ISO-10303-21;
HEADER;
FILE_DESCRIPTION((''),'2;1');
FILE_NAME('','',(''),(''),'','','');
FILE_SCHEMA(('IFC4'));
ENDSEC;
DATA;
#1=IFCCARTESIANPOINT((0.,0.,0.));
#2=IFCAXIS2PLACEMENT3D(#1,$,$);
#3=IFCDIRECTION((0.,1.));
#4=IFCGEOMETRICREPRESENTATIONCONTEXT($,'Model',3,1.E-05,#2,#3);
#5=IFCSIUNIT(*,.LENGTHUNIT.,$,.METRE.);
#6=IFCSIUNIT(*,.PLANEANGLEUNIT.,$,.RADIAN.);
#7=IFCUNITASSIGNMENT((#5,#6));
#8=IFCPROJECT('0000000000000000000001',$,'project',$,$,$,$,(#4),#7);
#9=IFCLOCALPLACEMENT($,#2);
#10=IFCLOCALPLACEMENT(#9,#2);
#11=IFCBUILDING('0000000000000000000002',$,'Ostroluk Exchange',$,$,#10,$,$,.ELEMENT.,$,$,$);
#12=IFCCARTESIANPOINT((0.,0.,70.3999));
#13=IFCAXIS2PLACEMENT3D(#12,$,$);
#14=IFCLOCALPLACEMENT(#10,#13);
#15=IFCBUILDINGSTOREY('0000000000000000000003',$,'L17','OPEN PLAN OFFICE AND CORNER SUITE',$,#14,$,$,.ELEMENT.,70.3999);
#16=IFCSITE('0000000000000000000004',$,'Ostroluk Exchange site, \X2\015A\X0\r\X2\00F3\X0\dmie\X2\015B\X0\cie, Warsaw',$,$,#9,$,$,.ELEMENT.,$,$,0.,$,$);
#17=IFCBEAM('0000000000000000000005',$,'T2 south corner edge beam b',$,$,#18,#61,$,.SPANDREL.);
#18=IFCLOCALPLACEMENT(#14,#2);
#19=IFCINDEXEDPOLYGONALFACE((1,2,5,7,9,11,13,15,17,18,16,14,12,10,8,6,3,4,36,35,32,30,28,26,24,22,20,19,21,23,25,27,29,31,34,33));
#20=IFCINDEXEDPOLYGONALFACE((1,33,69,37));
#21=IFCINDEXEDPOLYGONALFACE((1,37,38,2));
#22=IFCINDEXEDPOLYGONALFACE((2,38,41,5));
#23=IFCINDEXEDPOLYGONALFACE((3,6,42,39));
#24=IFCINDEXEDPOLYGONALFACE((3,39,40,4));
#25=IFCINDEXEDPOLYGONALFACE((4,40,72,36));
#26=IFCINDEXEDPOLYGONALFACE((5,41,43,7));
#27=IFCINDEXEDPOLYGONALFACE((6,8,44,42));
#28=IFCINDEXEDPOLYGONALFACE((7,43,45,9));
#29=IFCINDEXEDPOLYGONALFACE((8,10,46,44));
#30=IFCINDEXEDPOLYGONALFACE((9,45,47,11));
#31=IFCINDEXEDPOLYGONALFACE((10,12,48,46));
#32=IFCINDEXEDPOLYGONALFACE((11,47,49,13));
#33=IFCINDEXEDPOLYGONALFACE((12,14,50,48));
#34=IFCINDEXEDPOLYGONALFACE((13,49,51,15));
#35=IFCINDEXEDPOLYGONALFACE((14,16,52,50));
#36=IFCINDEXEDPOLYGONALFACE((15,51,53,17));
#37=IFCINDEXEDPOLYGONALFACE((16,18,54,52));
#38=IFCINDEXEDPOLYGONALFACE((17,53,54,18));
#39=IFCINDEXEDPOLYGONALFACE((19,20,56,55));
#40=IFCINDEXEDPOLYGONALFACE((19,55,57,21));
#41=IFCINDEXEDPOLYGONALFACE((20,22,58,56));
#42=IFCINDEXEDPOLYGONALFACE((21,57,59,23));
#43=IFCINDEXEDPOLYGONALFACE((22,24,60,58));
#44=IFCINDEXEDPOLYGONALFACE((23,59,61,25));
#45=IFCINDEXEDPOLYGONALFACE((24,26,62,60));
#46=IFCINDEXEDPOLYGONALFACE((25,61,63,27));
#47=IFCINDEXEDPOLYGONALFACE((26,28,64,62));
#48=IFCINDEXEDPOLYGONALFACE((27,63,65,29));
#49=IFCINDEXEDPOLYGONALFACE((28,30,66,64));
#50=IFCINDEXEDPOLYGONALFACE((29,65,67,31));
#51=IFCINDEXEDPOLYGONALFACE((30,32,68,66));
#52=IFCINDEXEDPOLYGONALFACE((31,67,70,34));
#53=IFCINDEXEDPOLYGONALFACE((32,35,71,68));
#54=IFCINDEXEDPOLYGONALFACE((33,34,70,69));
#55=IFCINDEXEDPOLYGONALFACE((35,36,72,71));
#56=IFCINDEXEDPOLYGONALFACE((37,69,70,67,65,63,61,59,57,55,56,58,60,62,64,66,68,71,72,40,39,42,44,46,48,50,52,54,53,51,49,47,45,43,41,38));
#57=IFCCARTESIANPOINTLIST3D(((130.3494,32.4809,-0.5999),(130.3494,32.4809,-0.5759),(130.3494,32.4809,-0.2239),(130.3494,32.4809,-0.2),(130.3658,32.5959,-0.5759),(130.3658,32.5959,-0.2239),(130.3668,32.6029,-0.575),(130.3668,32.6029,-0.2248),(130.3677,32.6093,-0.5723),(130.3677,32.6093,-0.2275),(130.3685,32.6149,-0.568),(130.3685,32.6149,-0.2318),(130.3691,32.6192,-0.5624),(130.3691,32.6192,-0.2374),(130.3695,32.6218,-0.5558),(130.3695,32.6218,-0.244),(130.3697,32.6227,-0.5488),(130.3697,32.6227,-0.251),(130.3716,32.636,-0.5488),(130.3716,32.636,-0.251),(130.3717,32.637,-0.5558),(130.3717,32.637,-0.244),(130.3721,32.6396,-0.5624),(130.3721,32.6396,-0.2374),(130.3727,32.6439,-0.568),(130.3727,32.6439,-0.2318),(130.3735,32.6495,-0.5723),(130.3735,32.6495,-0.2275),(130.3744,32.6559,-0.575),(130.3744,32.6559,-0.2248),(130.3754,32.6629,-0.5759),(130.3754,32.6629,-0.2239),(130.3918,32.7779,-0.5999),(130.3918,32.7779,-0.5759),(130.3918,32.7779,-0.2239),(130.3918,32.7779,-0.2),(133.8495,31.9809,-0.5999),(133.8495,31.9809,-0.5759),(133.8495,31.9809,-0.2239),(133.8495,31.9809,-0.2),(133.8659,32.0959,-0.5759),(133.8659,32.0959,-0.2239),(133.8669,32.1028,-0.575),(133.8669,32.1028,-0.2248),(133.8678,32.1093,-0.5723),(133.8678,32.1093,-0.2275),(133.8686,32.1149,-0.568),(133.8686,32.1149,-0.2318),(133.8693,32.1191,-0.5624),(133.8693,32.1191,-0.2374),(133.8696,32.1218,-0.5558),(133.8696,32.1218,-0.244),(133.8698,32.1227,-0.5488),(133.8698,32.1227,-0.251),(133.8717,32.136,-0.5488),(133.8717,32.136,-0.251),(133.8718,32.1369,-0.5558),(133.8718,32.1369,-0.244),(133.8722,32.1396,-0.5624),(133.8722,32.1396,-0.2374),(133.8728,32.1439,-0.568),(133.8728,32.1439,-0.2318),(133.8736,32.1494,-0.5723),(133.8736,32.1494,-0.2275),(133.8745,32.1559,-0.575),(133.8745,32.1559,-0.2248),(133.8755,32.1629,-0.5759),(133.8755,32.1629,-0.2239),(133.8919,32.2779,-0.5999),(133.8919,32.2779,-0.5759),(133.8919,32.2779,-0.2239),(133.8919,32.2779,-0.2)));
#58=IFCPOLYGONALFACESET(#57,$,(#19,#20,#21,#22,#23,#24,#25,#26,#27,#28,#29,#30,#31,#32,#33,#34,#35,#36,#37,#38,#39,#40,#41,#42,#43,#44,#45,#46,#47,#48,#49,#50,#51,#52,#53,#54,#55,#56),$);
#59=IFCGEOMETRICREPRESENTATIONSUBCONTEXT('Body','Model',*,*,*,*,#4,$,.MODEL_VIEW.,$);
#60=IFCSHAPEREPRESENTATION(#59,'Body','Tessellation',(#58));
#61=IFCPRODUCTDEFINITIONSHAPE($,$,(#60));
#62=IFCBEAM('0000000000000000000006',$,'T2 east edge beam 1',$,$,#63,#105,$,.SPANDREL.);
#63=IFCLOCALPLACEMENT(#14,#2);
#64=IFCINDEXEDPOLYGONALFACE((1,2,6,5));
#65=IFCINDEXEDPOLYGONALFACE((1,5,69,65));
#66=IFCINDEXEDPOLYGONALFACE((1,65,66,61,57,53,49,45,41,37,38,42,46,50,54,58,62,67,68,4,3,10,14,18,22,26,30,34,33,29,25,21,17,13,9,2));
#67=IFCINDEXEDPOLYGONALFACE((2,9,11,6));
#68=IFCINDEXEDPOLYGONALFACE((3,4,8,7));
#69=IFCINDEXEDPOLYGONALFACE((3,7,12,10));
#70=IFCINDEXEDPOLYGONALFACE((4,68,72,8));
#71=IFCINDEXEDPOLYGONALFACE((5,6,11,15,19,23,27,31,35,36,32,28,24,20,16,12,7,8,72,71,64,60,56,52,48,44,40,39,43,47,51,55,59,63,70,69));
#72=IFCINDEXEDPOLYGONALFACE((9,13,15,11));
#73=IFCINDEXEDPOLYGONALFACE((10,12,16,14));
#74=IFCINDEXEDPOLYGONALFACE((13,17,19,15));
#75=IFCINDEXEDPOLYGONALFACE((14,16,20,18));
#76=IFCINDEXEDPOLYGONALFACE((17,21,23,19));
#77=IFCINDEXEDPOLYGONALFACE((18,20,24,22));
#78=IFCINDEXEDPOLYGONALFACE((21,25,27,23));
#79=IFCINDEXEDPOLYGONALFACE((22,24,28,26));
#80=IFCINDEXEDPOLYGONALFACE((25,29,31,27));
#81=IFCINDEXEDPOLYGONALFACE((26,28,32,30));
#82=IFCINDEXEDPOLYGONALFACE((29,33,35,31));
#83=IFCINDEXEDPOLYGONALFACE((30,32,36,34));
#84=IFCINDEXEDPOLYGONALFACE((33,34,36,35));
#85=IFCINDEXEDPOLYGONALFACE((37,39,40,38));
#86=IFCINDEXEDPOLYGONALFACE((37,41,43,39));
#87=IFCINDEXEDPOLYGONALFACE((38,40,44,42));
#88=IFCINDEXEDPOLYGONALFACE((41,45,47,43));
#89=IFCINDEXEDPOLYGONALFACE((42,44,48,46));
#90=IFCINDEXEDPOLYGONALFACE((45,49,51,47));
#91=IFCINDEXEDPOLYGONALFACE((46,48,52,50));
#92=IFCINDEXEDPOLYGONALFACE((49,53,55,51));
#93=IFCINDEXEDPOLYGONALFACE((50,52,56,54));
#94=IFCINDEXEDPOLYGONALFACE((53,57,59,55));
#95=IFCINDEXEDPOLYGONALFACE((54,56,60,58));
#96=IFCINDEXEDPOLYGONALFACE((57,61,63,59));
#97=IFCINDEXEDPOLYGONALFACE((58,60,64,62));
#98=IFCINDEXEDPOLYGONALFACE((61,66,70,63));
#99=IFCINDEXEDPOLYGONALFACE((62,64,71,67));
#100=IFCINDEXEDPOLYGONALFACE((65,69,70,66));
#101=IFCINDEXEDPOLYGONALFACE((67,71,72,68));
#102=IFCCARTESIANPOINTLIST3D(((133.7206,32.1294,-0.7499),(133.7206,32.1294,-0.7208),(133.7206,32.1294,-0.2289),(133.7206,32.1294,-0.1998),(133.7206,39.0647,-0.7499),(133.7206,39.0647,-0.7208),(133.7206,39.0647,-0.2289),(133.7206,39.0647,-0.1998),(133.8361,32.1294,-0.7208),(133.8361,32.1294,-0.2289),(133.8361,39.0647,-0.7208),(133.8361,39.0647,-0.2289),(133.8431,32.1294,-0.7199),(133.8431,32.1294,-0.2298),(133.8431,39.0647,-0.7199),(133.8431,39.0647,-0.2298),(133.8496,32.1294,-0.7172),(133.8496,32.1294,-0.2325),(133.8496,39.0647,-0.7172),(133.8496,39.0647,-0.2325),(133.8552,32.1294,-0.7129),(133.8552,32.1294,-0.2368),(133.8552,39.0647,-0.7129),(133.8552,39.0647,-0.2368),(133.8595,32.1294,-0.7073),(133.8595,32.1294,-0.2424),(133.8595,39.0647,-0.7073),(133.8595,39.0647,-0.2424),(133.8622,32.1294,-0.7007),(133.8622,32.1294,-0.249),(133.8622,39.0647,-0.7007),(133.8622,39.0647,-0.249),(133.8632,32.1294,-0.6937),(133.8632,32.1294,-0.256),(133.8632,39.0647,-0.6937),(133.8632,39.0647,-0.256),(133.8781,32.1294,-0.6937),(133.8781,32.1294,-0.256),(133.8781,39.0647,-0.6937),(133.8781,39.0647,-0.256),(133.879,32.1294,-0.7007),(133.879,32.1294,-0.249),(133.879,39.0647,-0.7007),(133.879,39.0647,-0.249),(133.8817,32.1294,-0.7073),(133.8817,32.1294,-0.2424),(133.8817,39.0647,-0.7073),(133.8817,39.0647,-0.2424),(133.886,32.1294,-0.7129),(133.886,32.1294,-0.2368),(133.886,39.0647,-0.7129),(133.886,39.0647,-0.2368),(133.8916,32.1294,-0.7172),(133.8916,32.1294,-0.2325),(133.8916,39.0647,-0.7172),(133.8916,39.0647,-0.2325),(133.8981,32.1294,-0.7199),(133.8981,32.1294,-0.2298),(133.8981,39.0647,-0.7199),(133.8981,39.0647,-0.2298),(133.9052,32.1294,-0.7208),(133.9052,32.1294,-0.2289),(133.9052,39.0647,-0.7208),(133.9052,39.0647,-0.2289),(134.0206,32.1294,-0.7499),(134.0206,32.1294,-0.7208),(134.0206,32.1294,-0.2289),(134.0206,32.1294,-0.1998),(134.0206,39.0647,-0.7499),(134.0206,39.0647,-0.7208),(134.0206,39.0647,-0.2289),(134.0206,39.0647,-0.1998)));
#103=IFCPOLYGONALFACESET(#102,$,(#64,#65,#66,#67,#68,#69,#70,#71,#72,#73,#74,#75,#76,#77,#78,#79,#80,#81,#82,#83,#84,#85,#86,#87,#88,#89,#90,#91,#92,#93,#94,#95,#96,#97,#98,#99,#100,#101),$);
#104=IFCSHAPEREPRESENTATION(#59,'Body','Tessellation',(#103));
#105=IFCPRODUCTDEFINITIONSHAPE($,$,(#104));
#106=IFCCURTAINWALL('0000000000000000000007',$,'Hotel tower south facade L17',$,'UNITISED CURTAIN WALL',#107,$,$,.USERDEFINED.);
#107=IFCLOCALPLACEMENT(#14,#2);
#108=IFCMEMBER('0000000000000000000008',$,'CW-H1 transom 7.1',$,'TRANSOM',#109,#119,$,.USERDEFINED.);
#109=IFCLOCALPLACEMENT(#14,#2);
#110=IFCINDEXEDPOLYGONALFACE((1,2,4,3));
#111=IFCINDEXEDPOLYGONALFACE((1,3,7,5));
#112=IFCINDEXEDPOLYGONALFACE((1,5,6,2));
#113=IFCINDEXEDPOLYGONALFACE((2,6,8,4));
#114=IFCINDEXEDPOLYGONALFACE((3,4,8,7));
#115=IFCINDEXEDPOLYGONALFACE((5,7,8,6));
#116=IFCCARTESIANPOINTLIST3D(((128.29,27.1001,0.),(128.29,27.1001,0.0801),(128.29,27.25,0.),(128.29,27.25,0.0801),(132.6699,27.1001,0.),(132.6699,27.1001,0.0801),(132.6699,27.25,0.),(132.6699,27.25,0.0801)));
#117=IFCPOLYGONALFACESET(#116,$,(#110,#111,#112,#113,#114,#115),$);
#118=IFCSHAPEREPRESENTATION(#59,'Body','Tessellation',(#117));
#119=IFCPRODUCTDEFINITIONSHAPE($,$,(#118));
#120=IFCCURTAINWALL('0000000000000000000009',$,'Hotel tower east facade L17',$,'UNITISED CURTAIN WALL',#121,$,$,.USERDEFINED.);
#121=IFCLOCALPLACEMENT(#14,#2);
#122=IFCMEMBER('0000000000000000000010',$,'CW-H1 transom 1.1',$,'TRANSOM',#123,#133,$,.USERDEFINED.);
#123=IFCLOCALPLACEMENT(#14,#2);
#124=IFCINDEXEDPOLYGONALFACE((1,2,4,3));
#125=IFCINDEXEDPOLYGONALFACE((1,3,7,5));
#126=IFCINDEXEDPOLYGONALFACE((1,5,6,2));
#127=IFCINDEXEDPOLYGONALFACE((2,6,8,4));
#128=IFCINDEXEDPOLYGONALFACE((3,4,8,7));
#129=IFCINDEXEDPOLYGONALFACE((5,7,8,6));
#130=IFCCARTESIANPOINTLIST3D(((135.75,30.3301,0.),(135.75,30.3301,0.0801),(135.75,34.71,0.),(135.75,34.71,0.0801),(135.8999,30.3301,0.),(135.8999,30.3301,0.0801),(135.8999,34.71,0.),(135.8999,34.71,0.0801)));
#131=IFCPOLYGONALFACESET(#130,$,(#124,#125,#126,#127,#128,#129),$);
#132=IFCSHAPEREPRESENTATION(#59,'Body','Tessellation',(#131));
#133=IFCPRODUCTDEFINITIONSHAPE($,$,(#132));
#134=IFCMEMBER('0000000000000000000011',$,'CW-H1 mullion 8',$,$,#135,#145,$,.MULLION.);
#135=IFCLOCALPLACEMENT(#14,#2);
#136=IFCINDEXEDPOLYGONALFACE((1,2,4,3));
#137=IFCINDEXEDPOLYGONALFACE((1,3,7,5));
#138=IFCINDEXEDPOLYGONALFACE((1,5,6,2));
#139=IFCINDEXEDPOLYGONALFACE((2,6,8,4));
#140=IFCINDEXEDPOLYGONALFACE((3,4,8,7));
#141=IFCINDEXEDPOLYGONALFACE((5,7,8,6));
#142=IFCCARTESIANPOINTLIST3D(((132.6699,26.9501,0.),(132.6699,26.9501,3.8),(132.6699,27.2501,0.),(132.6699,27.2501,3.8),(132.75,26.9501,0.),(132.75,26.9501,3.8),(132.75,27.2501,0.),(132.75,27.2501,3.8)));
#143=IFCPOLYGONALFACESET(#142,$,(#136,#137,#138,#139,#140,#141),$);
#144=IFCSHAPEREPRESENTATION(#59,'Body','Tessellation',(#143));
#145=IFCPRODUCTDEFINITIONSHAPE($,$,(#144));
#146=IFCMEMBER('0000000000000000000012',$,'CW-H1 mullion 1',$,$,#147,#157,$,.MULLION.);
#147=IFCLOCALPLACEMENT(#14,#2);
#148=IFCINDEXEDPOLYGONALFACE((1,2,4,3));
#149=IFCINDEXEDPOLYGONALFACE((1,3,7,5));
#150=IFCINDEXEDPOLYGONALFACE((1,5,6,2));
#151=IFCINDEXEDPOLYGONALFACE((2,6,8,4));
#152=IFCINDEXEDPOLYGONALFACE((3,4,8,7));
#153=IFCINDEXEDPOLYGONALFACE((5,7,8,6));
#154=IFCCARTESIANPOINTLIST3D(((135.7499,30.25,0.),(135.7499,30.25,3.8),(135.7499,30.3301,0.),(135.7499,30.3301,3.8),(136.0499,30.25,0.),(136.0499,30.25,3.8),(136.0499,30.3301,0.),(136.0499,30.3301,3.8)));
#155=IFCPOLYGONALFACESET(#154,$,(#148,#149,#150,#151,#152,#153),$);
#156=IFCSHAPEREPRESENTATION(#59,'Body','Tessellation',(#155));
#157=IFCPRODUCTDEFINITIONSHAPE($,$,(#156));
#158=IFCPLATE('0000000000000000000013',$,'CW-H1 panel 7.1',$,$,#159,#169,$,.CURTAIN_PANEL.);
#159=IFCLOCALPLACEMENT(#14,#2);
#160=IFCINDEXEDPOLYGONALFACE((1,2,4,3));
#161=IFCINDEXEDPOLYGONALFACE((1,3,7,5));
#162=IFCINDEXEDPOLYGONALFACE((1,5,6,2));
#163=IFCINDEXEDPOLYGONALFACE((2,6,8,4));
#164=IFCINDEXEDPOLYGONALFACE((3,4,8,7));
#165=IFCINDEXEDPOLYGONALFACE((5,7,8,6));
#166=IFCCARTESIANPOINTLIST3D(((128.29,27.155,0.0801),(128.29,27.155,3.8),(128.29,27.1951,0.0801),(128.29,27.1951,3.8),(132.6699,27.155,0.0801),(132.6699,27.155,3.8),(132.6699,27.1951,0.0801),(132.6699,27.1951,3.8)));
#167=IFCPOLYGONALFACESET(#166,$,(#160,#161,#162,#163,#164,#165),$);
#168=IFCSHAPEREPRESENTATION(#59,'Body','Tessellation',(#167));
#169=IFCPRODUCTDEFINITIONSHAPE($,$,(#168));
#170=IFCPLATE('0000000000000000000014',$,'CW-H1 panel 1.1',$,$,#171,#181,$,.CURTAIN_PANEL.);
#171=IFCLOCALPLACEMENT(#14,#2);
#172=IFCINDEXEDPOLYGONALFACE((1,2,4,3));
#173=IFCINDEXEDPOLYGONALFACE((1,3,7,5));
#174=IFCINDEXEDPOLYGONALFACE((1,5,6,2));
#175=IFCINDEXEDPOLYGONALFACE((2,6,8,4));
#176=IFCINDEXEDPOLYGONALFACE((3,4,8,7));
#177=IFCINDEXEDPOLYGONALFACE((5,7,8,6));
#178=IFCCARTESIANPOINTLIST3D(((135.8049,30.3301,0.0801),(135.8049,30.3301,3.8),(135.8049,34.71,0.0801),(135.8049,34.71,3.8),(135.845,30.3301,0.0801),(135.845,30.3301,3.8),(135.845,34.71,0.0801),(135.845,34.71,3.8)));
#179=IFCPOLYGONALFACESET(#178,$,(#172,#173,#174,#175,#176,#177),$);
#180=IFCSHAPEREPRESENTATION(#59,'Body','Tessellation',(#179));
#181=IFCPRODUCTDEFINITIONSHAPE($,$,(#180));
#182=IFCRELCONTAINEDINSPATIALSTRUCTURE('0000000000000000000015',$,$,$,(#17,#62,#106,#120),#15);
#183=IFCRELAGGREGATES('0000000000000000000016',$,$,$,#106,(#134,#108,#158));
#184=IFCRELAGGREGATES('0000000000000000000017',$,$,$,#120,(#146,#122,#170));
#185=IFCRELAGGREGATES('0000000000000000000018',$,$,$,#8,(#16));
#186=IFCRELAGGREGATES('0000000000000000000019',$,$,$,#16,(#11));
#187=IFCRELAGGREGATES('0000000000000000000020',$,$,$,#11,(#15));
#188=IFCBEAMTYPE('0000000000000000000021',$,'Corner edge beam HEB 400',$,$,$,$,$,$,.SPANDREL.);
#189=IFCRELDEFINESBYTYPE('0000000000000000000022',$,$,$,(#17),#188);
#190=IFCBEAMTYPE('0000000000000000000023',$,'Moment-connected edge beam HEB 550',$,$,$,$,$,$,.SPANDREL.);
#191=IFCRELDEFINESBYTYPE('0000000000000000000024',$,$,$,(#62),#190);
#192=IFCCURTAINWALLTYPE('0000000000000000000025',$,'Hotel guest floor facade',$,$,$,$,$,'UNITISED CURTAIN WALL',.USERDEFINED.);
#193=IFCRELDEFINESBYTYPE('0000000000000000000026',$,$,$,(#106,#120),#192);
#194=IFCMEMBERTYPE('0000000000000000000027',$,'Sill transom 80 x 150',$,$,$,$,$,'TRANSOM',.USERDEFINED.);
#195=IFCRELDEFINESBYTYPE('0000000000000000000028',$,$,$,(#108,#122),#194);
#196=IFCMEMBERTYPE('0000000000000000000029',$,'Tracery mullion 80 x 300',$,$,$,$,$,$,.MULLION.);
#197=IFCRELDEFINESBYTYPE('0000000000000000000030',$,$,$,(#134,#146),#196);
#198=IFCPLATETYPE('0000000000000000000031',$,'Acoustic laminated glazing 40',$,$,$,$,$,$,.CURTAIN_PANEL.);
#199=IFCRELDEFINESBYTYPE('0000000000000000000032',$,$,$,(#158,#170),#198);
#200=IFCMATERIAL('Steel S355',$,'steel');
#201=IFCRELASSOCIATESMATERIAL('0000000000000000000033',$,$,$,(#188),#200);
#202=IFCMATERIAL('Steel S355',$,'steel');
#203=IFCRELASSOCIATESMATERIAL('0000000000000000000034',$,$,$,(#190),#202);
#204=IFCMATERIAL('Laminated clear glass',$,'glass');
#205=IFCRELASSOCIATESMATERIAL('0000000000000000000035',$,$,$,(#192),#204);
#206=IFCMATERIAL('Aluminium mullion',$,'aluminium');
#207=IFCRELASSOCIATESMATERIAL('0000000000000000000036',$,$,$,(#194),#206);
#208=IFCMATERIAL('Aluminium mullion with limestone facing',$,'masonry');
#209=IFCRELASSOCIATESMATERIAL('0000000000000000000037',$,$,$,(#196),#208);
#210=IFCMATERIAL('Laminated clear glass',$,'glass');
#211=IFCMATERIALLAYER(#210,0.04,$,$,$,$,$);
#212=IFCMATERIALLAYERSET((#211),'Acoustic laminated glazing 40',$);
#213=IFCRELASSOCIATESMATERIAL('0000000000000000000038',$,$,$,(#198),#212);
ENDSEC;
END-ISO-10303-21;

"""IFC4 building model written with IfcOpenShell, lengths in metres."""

from ifc_helpers import new_model, si_unit, direction, frame, origin, origin_2d, place, context, subcontext, project, spatial, rectangle, i_section, extrude, material, layer, layer_set, material_profile, profile_set, type_object, element, aggregate, save


model = new_model("IFC4")

# Units and contexts
model_context = context("Model", 3, precision=1e-05, world=origin(), true_north=direction((0.0, 1.0)))
body_context = subcontext(model_context, "Body", "Model", "MODEL_VIEW")
ifc_project = project(units=[si_unit("LENGTHUNIT", "METRE"), si_unit("PLANEANGLEUNIT", "RADIAN")], contexts=[model_context])

# Site, building, storey
site_placement = place(None, origin())
site = spatial("IfcSite", under=ifc_project, at=site_placement, Name="Ostroluk Exchange site, Śródmieście, Warsaw", CompositionType="ELEMENT", RefElevation=0.0)
building_placement = place(site_placement, origin())
building = spatial("IfcBuilding", under=site, at=building_placement, Name="Ostroluk Exchange", CompositionType="ELEMENT")
storey_placement = place(building_placement, frame((0.0, 0.0, 70.3999)))
storey = spatial("IfcBuildingStorey", under=building, at=storey_placement, Name="L17", Description="OPEN PLAN OFFICE AND CORNER SUITE", CompositionType="ELEMENT", Elevation=70.3999)

# Beams
ifc_material_1 = material(Name="Steel S355", Category="steel")
ifc_material_profile_1 = material_profile(ifc_material_1, i_section(OverallWidth=0.3, OverallDepth=0.3999, WebThickness=0.0134, FlangeThickness=0.0239, FilletRadius=0.0271, at=origin_2d()), Name="HEB 400")
ifc_profile_set_1 = profile_set([ifc_material_profile_1], Name="Steel S355")
beam_type_1 = type_object("IfcBeamType", Name="Corner edge beam HEB 400", PredefinedType="SPANDREL", material=ifc_profile_set_1)
for number, where, z_axis, x_axis, name in (
    (1, (130.3706, 32.6294, -0.3999), (0.989949, -0.141421, 0.0), (0.141421, 0.989949, 0.0), "T2 south corner edge beam b"),
):
    element("IfcBeam", number, at=place(storey_placement, frame(where, z_axis=z_axis, x_axis=x_axis)), inside=storey, type_object=beam_type_1, Name=name, PredefinedType="SPANDREL", context=body_context, shape_type="SweptSolid", body=[
        extrude(i_section(OverallWidth=0.3, OverallDepth=0.3999, WebThickness=0.0134, FlangeThickness=0.0239, FilletRadius=0.0271, at=origin_2d()), origin(), (0.0, 0.0, 1.0), 3.5356),
    ])
ifc_material_2 = material(Name="Steel S355", Category="steel")
ifc_material_profile_2 = material_profile(ifc_material_2, i_section(OverallWidth=0.3, OverallDepth=0.55, WebThickness=0.0149, FlangeThickness=0.0291, FilletRadius=0.0271, at=origin_2d()), Name="HEB 550")
ifc_profile_set_2 = profile_set([ifc_material_profile_2], Name="Steel S355")
beam_type_2 = type_object("IfcBeamType", Name="Moment-connected edge beam HEB 550", PredefinedType="SPANDREL", material=ifc_profile_set_2)
beam_1_placement = place(storey_placement, frame((133.8706, 32.1294, -0.4749), z_axis=(0.0, 1.0, 0.0), x_axis=(-1.0, 0.0, 0.0)))
element("IfcBeam", 2, at=beam_1_placement, inside=storey, type_object=beam_type_2, Name="T2 east edge beam 1", PredefinedType="SPANDREL", context=body_context, shape_type="SweptSolid", body=[
    extrude(i_section(OverallWidth=0.3, OverallDepth=0.55, WebThickness=0.0149, FlangeThickness=0.0291, FilletRadius=0.0271, at=origin_2d()), origin(), (0.0, 0.0, 1.0), 6.9353),
])

# Curtain walls, members
ifc_material_3 = material(Name="Laminated clear glass", Category="glass")
curtain_wall_type = type_object("IfcCurtainWallType", Name="Hotel guest floor facade", ElementType="UNITISED CURTAIN WALL", PredefinedType="USERDEFINED", material=ifc_material_3)
curtain_wall_1_placement = place(storey_placement, origin())
curtain_wall_1 = element("IfcCurtainWall", 3, at=curtain_wall_1_placement, inside=storey, type_object=curtain_wall_type, Name="Hotel tower south facade L17", ObjectType="UNITISED CURTAIN WALL", PredefinedType="USERDEFINED")
ifc_material_4 = material(Name="Aluminium mullion", Category="aluminium")
ifc_material_profile_3 = material_profile(ifc_material_4, rectangle(XDim=0.1499, YDim=0.0801, at=origin_2d()), Name="Sill transom 80 x 150")
ifc_profile_set_3 = profile_set([ifc_material_profile_3], Name="Aluminium mullion")
member_type_1 = type_object("IfcMemberType", Name="Sill transom 80 x 150", ElementType="TRANSOM", PredefinedType="USERDEFINED", material=ifc_profile_set_3)
member_1_placement = place(storey_placement, frame((128.29, 27.175, 0.04), z_axis=(1.0, 0.0, 0.0), x_axis=(0.0, 1.0, 0.0)))
member_1 = element("IfcMember", 4, at=member_1_placement, type_object=member_type_1, Name="CW-H1 transom 7.1", ObjectType="TRANSOM", PredefinedType="USERDEFINED", context=body_context, shape_type="SweptSolid", body=[
    extrude(rectangle(XDim=0.1499, YDim=0.0801, at=origin_2d()), origin(), (0.0, 0.0, 1.0), 4.3799),
])
curtain_wall_2_placement = place(storey_placement, origin())
curtain_wall_2 = element("IfcCurtainWall", 5, at=curtain_wall_2_placement, inside=storey, type_object=curtain_wall_type, Name="Hotel tower east facade L17", ObjectType="UNITISED CURTAIN WALL", PredefinedType="USERDEFINED")
member_2_placement = place(storey_placement, frame((135.825, 30.3301, 0.04), z_axis=(0.0, 1.0, 0.0), x_axis=(-1.0, 0.0, 0.0)))
member_2 = element("IfcMember", 6, at=member_2_placement, type_object=member_type_1, Name="CW-H1 transom 1.1", ObjectType="TRANSOM", PredefinedType="USERDEFINED", context=body_context, shape_type="SweptSolid", body=[
    extrude(rectangle(XDim=0.1499, YDim=0.0801, at=origin_2d()), origin(), (0.0, 0.0, 1.0), 4.3799),
])

# Members
ifc_material_5 = material(Name="Aluminium mullion with limestone facing", Category="masonry")
ifc_material_profile_4 = material_profile(ifc_material_5, rectangle(XDim=0.3, YDim=0.0801, at=origin_2d()), Name="Tracery mullion 80 x 300")
ifc_profile_set_4 = profile_set([ifc_material_profile_4], Name="Aluminium mullion with limestone facing")
member_type_2 = type_object("IfcMemberType", Name="Tracery mullion 80 x 300", PredefinedType="MULLION", material=ifc_profile_set_4)
member_3_placement = place(storey_placement, frame((132.71, 27.1001, 0.0), z_axis=(0.0, 0.0, 1.0), x_axis=(0.0, 1.0, 0.0)))
member_3 = element("IfcMember", 7, at=member_3_placement, type_object=member_type_2, Name="CW-H1 mullion 8", PredefinedType="MULLION", context=body_context, shape_type="SweptSolid", body=[
    extrude(rectangle(XDim=0.3, YDim=0.0801, at=origin_2d()), origin(), (0.0, 0.0, 1.0), 3.8),
])
member_4_placement = place(storey_placement, frame((135.8999, 30.29, 0.0), z_axis=(0.0, 0.0, 1.0), x_axis=(-1.0, 0.0, 0.0)))
member_4 = element("IfcMember", 8, at=member_4_placement, type_object=member_type_2, Name="CW-H1 mullion 1", PredefinedType="MULLION", context=body_context, shape_type="SweptSolid", body=[
    extrude(rectangle(XDim=0.3, YDim=0.0801, at=origin_2d()), origin(), (0.0, 0.0, 1.0), 3.8),
])

# Plates
ifc_material_6 = material(Name="Laminated clear glass", Category="glass")
ifc_layer_1 = layer(ifc_material_6, 0.04)
ifc_layer_set_1 = layer_set([ifc_layer_1], Name="Acoustic laminated glazing 40")
plate_type_1 = type_object("IfcPlateType", Name="Acoustic laminated glazing 40", PredefinedType="CURTAIN_PANEL", material=ifc_layer_set_1)
plate_1_placement = place(storey_placement, frame((130.48, 27.175, 0.0801), z_axis=(0.0, 0.0, 1.0), x_axis=(1.0, 0.0, 0.0)))
plate_1 = element("IfcPlate", 9, at=plate_1_placement, type_object=plate_type_1, Name="CW-H1 panel 7.1", PredefinedType="CURTAIN_PANEL", context=body_context, shape_type="SweptSolid", body=[
    extrude(rectangle(XDim=4.3799, YDim=0.04, at=origin_2d()), origin(), (0.0, 0.0, 1.0), 3.72),
])
aggregate(curtain_wall_1, [member_3, member_1, plate_1])
plate_2_placement = place(storey_placement, frame((135.825, 32.52, 0.0801), z_axis=(0.0, 0.0, 1.0), x_axis=(0.0, 1.0, 0.0)))
plate_2 = element("IfcPlate", 10, at=plate_2_placement, type_object=plate_type_1, Name="CW-H1 panel 1.1", PredefinedType="CURTAIN_PANEL", context=body_context, shape_type="SweptSolid", body=[
    extrude(rectangle(XDim=4.3799, YDim=0.04, at=origin_2d()), origin(), (0.0, 0.0, 1.0), 3.72),
])
aggregate(curtain_wall_2, [member_4, member_2, plate_2])

save(model, "model.ifc")
